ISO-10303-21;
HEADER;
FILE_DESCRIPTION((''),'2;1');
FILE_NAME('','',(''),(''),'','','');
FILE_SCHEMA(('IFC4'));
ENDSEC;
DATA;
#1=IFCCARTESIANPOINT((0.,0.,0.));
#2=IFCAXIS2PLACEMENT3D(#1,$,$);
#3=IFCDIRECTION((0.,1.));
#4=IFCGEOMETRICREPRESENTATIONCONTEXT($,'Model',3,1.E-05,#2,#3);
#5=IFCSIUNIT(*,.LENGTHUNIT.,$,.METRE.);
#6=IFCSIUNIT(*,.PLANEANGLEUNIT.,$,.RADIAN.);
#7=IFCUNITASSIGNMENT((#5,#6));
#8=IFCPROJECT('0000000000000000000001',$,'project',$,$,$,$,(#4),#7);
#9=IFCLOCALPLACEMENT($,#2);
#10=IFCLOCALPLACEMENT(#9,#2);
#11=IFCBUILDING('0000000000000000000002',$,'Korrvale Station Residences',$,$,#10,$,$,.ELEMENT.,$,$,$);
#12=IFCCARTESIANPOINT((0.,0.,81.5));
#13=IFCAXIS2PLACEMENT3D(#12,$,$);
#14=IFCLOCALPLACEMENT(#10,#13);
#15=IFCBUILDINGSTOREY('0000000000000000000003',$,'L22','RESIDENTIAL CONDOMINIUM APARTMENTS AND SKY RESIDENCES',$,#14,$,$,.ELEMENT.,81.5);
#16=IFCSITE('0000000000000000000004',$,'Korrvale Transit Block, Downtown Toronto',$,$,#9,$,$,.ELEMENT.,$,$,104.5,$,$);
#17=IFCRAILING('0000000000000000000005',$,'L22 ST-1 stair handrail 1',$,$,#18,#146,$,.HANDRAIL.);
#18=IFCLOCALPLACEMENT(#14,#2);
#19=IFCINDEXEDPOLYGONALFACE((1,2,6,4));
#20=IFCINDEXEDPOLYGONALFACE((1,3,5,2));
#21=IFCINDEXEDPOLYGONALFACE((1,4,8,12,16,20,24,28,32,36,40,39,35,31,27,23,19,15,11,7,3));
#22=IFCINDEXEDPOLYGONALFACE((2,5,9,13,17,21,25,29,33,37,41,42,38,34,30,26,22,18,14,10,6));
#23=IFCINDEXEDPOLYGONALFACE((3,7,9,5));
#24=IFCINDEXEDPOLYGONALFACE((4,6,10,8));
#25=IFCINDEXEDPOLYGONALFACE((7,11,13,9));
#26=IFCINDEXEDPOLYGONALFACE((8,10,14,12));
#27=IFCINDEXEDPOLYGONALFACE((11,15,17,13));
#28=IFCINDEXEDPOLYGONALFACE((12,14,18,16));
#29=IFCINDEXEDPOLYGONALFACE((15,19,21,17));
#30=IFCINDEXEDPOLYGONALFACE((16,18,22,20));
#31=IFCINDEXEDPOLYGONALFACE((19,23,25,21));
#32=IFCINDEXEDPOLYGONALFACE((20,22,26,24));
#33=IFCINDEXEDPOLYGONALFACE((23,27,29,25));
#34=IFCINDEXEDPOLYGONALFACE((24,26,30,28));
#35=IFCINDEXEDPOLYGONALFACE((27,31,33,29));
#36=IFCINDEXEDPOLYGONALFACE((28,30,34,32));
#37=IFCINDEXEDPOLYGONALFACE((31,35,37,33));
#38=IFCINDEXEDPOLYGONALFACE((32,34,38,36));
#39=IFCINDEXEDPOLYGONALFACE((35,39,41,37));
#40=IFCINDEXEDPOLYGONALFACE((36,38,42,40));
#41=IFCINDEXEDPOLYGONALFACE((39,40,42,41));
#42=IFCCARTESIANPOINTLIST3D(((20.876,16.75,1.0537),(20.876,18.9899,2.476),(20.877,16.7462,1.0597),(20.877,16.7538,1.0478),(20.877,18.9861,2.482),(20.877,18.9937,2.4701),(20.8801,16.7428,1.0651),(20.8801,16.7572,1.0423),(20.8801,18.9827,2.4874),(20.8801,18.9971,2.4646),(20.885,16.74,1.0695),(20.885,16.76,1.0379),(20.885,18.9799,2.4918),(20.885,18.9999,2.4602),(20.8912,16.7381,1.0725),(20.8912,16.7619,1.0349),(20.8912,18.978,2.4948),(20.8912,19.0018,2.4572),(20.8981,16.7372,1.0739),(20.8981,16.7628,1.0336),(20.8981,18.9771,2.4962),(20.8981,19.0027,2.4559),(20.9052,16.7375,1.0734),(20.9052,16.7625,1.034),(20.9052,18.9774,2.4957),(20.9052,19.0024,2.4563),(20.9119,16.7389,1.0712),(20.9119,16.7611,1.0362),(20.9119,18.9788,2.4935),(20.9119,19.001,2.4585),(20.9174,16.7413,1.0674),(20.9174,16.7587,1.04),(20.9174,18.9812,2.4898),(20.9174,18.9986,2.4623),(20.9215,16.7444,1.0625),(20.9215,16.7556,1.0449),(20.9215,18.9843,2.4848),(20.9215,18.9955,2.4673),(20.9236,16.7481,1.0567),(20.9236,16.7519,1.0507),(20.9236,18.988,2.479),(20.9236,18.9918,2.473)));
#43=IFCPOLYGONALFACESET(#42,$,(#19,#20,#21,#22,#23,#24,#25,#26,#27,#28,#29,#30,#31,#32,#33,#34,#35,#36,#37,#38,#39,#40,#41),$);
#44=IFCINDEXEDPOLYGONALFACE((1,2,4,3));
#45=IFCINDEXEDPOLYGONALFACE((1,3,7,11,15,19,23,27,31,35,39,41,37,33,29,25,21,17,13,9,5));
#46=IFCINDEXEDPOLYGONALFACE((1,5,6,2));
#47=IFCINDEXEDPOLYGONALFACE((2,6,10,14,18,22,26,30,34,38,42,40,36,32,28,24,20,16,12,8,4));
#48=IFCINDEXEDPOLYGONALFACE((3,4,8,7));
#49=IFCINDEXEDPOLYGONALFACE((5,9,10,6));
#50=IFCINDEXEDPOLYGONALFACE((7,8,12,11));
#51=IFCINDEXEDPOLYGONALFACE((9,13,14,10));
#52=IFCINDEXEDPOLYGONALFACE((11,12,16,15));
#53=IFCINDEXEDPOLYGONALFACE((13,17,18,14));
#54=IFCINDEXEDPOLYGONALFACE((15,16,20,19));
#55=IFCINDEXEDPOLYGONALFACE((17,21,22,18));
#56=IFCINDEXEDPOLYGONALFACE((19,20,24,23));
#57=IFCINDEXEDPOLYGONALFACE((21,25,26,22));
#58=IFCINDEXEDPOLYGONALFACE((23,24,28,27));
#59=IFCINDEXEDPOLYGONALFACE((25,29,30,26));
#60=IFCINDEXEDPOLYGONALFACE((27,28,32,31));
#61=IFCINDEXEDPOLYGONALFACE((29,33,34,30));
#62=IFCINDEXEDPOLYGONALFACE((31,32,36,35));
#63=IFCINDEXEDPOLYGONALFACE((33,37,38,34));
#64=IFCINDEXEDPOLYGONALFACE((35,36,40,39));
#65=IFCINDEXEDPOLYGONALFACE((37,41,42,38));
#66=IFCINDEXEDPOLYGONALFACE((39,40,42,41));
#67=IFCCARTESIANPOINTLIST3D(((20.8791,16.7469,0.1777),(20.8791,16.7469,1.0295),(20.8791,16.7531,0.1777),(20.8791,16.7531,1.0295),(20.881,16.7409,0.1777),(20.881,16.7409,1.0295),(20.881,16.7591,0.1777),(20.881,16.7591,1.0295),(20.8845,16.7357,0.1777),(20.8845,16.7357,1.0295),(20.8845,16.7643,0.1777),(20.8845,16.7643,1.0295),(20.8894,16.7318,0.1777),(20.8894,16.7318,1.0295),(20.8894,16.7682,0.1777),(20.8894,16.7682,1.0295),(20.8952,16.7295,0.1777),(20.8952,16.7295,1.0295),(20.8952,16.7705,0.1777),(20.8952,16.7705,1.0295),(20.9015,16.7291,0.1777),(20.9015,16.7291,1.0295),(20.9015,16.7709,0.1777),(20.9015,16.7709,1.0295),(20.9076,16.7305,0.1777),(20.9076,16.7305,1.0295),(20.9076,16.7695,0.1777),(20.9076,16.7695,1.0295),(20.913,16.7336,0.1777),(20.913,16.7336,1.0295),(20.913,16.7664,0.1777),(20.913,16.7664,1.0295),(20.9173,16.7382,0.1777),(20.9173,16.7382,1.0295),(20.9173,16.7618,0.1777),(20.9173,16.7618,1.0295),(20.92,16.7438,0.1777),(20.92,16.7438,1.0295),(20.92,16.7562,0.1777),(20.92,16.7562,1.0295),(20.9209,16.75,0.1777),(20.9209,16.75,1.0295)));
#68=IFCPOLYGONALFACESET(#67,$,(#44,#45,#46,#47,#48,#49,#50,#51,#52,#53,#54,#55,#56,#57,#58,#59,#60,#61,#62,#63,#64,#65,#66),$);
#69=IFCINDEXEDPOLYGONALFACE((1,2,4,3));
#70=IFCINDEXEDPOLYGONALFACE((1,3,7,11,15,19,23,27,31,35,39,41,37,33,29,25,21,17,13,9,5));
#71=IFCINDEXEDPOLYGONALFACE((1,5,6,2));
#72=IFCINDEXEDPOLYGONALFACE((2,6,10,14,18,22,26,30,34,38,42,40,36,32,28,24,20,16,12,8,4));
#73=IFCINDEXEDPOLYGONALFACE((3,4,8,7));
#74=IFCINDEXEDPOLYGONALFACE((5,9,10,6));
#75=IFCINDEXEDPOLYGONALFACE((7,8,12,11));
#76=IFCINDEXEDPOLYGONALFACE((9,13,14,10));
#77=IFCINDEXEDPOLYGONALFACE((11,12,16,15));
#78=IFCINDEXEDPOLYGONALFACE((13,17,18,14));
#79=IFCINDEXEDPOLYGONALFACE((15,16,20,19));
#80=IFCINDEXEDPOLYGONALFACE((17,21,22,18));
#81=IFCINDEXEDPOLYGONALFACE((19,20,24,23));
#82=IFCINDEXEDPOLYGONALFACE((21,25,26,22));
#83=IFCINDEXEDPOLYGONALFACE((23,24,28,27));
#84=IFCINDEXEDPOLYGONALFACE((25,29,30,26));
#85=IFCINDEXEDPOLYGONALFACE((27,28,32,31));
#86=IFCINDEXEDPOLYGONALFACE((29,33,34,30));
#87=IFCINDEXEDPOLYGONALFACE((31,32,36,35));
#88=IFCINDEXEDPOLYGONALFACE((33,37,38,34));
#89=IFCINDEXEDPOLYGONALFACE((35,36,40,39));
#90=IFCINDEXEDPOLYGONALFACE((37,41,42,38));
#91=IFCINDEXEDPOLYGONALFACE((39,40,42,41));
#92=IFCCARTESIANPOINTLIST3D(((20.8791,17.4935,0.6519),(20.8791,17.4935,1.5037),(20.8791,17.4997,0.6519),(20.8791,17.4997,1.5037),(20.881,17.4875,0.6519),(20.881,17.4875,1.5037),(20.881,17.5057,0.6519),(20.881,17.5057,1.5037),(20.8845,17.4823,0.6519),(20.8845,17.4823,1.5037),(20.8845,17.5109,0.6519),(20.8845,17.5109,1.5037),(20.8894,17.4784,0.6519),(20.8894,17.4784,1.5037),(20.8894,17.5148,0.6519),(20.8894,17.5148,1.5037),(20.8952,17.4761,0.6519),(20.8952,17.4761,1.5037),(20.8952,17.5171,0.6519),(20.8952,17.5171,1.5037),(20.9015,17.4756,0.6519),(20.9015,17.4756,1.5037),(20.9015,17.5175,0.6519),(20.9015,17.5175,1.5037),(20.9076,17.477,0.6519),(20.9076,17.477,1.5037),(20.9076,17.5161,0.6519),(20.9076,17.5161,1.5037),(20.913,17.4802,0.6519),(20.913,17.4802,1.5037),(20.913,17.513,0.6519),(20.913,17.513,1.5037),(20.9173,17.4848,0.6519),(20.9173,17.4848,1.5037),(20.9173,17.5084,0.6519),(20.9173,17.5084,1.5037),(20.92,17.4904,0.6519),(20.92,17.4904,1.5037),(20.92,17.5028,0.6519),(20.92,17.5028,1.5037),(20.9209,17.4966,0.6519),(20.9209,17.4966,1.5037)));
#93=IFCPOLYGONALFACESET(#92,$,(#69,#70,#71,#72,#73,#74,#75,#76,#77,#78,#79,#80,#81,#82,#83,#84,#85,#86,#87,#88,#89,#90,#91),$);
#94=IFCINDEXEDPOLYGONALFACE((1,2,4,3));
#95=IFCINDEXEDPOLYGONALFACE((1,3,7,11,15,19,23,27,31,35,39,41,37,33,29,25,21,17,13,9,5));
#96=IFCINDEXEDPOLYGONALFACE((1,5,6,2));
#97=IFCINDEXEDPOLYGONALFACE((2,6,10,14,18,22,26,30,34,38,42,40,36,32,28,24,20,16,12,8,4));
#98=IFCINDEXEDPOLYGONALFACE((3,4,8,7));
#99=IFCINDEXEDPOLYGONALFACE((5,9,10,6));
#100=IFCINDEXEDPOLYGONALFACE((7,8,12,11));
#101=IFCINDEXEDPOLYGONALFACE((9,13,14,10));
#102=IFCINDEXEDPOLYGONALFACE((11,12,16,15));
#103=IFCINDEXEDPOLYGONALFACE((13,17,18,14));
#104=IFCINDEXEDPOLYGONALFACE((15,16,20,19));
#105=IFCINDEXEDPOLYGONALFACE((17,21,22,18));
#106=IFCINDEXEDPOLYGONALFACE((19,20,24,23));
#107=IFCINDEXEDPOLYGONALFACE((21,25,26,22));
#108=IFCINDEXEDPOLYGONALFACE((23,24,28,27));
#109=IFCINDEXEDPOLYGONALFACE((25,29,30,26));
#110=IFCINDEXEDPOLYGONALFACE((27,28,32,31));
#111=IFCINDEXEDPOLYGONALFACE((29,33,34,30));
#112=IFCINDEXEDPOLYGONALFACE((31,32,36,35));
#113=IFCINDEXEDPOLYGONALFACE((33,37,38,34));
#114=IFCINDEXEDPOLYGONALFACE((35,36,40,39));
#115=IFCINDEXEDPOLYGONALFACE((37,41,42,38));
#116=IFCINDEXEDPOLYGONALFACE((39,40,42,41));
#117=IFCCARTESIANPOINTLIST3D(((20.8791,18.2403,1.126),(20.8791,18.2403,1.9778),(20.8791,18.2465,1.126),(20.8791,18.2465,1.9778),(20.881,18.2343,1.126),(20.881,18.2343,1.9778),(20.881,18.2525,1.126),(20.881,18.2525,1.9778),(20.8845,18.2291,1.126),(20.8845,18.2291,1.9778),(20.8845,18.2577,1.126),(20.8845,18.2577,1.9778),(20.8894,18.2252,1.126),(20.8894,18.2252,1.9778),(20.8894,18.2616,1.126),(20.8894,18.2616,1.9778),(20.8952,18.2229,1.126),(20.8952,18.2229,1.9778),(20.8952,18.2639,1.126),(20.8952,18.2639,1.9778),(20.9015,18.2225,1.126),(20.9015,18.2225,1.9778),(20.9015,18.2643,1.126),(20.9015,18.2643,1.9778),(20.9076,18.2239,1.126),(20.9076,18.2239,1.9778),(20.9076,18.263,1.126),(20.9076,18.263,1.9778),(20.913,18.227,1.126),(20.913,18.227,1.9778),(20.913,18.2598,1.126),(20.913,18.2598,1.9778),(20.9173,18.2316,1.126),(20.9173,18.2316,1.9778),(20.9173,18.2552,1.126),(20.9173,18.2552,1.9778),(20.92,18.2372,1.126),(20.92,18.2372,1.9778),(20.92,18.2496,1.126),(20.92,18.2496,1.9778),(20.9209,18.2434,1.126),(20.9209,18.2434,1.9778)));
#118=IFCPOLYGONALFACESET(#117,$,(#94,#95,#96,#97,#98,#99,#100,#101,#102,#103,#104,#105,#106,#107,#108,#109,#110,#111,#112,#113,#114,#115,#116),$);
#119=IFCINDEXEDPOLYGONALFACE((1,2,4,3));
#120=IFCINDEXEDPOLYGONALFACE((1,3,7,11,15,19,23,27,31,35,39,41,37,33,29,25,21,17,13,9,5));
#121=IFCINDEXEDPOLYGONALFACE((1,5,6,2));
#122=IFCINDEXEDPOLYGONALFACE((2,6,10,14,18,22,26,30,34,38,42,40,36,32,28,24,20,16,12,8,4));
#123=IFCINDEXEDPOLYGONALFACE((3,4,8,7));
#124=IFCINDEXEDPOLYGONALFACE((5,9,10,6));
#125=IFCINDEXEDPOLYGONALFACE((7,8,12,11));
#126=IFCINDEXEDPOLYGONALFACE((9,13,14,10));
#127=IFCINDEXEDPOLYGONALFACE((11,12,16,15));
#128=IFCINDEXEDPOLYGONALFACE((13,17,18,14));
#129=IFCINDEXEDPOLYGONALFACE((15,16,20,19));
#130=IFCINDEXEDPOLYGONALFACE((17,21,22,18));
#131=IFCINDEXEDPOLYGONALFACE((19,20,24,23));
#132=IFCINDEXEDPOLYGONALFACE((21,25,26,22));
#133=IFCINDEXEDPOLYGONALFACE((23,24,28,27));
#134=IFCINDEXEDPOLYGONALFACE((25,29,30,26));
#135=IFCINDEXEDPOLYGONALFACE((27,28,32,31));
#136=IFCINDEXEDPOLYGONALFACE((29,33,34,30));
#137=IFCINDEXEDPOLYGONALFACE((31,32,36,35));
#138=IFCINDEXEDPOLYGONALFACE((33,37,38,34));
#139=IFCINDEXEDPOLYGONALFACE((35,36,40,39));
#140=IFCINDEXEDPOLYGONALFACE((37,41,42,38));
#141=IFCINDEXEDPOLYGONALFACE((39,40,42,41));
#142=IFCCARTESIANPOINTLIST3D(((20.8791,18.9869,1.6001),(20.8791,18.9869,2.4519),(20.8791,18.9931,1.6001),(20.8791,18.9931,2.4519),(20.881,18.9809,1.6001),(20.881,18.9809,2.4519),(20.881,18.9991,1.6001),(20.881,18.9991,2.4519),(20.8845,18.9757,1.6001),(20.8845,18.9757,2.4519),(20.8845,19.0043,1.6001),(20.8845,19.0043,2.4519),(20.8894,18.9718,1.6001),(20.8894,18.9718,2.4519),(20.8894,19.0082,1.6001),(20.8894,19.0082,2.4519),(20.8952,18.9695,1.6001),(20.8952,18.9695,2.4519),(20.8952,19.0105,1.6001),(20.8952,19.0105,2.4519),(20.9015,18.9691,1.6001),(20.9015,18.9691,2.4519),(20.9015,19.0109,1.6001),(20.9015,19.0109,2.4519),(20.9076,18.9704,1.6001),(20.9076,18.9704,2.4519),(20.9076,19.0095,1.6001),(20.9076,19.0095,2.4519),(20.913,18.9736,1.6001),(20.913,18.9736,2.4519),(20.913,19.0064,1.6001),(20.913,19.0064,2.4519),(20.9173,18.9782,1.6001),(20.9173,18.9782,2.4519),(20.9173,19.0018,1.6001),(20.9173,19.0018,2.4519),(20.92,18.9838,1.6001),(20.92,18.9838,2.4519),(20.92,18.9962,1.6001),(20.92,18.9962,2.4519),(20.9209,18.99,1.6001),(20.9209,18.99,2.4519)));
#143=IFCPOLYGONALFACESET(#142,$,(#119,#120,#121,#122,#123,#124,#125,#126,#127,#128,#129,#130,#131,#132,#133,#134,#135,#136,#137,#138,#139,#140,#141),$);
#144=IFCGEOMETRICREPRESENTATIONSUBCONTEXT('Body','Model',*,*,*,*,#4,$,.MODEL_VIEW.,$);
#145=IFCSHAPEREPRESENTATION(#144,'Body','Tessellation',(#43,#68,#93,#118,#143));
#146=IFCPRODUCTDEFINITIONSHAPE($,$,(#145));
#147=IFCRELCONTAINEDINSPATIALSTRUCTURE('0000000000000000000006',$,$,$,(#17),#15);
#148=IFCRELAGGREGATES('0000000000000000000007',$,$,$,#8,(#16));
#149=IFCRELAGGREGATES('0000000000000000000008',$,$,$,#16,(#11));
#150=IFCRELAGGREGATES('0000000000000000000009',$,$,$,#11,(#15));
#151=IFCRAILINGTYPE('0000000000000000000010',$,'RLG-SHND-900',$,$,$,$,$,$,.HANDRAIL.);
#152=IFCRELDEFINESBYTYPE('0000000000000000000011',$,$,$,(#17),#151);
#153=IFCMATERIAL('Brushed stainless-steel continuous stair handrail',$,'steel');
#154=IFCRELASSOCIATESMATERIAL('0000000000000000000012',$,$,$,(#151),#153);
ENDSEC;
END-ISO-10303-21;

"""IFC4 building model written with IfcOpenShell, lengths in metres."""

from ifc_helpers import new_model, si_unit, direction, frame, origin, origin_2d, place, context, subcontext, project, spatial, circle, extrude, material, type_object, element, save


model = new_model("IFC4")

# Units and contexts
model_context = context("Model", 3, precision=1e-05, world=origin(), true_north=direction((0.0, 1.0)))
body_context = subcontext(model_context, "Body", "Model", "MODEL_VIEW")
ifc_project = project(units=[si_unit("LENGTHUNIT", "METRE"), si_unit("PLANEANGLEUNIT", "RADIAN")], contexts=[model_context])

# Site, building, storey
site_placement = place(None, origin())
site = spatial("IfcSite", under=ifc_project, at=site_placement, Name="Korrvale Transit Block, Downtown Toronto", CompositionType="ELEMENT", RefElevation=104.5)
building_placement = place(site_placement, origin())
building = spatial("IfcBuilding", under=site, at=building_placement, Name="Korrvale Station Residences", CompositionType="ELEMENT")
storey_placement = place(building_placement, frame((0.0, 0.0, 81.5)))
storey = spatial("IfcBuildingStorey", under=building, at=storey_placement, Name="L22", Description="RESIDENTIAL CONDOMINIUM APARTMENTS AND SKY RESIDENCES", CompositionType="ELEMENT", Elevation=81.5)

# Railing
ifc_material_1 = material(Name="Brushed stainless-steel continuous stair handrail", Category="steel")
railing_type_1 = type_object("IfcRailingType", Name="RLG-SHND-900", PredefinedType="HANDRAIL", material=ifc_material_1)
railing_1_placement = place(storey_placement, frame((20.8999, 16.75, 0.1777)))
element("IfcRailing", 1, at=railing_1_placement, inside=storey, type_object=railing_type_1, Name="L22 ST-1 stair handrail 1", PredefinedType="HANDRAIL", context=body_context, shape_type="SweptSolid", body=[
    extrude(circle(Radius=0.0239, at=origin_2d()), frame((0.0, 0.0, 0.876), z_axis=(0.0, 0.844188, 0.536048), x_axis=(-1.0, 0.0, 0.0)), (0.0, 0.0, 1.0), 2.6533),
    extrude(circle(Radius=0.021, at=origin_2d()), origin(), (0.0, 0.0, 1.0), 0.8518),
    extrude(circle(Radius=0.021, at=origin_2d()), frame((0.0, 0.7466, 0.4741)), (0.0, 0.0, 1.0), 0.8518),
    extrude(circle(Radius=0.021, at=origin_2d()), frame((0.0, 1.4934, 0.9482)), (0.0, 0.0, 1.0), 0.8518),
    extrude(circle(Radius=0.021, at=origin_2d()), frame((0.0, 2.24, 1.4224)), (0.0, 0.0, 1.0), 0.8518),
])

save(model, "model.ifc")
